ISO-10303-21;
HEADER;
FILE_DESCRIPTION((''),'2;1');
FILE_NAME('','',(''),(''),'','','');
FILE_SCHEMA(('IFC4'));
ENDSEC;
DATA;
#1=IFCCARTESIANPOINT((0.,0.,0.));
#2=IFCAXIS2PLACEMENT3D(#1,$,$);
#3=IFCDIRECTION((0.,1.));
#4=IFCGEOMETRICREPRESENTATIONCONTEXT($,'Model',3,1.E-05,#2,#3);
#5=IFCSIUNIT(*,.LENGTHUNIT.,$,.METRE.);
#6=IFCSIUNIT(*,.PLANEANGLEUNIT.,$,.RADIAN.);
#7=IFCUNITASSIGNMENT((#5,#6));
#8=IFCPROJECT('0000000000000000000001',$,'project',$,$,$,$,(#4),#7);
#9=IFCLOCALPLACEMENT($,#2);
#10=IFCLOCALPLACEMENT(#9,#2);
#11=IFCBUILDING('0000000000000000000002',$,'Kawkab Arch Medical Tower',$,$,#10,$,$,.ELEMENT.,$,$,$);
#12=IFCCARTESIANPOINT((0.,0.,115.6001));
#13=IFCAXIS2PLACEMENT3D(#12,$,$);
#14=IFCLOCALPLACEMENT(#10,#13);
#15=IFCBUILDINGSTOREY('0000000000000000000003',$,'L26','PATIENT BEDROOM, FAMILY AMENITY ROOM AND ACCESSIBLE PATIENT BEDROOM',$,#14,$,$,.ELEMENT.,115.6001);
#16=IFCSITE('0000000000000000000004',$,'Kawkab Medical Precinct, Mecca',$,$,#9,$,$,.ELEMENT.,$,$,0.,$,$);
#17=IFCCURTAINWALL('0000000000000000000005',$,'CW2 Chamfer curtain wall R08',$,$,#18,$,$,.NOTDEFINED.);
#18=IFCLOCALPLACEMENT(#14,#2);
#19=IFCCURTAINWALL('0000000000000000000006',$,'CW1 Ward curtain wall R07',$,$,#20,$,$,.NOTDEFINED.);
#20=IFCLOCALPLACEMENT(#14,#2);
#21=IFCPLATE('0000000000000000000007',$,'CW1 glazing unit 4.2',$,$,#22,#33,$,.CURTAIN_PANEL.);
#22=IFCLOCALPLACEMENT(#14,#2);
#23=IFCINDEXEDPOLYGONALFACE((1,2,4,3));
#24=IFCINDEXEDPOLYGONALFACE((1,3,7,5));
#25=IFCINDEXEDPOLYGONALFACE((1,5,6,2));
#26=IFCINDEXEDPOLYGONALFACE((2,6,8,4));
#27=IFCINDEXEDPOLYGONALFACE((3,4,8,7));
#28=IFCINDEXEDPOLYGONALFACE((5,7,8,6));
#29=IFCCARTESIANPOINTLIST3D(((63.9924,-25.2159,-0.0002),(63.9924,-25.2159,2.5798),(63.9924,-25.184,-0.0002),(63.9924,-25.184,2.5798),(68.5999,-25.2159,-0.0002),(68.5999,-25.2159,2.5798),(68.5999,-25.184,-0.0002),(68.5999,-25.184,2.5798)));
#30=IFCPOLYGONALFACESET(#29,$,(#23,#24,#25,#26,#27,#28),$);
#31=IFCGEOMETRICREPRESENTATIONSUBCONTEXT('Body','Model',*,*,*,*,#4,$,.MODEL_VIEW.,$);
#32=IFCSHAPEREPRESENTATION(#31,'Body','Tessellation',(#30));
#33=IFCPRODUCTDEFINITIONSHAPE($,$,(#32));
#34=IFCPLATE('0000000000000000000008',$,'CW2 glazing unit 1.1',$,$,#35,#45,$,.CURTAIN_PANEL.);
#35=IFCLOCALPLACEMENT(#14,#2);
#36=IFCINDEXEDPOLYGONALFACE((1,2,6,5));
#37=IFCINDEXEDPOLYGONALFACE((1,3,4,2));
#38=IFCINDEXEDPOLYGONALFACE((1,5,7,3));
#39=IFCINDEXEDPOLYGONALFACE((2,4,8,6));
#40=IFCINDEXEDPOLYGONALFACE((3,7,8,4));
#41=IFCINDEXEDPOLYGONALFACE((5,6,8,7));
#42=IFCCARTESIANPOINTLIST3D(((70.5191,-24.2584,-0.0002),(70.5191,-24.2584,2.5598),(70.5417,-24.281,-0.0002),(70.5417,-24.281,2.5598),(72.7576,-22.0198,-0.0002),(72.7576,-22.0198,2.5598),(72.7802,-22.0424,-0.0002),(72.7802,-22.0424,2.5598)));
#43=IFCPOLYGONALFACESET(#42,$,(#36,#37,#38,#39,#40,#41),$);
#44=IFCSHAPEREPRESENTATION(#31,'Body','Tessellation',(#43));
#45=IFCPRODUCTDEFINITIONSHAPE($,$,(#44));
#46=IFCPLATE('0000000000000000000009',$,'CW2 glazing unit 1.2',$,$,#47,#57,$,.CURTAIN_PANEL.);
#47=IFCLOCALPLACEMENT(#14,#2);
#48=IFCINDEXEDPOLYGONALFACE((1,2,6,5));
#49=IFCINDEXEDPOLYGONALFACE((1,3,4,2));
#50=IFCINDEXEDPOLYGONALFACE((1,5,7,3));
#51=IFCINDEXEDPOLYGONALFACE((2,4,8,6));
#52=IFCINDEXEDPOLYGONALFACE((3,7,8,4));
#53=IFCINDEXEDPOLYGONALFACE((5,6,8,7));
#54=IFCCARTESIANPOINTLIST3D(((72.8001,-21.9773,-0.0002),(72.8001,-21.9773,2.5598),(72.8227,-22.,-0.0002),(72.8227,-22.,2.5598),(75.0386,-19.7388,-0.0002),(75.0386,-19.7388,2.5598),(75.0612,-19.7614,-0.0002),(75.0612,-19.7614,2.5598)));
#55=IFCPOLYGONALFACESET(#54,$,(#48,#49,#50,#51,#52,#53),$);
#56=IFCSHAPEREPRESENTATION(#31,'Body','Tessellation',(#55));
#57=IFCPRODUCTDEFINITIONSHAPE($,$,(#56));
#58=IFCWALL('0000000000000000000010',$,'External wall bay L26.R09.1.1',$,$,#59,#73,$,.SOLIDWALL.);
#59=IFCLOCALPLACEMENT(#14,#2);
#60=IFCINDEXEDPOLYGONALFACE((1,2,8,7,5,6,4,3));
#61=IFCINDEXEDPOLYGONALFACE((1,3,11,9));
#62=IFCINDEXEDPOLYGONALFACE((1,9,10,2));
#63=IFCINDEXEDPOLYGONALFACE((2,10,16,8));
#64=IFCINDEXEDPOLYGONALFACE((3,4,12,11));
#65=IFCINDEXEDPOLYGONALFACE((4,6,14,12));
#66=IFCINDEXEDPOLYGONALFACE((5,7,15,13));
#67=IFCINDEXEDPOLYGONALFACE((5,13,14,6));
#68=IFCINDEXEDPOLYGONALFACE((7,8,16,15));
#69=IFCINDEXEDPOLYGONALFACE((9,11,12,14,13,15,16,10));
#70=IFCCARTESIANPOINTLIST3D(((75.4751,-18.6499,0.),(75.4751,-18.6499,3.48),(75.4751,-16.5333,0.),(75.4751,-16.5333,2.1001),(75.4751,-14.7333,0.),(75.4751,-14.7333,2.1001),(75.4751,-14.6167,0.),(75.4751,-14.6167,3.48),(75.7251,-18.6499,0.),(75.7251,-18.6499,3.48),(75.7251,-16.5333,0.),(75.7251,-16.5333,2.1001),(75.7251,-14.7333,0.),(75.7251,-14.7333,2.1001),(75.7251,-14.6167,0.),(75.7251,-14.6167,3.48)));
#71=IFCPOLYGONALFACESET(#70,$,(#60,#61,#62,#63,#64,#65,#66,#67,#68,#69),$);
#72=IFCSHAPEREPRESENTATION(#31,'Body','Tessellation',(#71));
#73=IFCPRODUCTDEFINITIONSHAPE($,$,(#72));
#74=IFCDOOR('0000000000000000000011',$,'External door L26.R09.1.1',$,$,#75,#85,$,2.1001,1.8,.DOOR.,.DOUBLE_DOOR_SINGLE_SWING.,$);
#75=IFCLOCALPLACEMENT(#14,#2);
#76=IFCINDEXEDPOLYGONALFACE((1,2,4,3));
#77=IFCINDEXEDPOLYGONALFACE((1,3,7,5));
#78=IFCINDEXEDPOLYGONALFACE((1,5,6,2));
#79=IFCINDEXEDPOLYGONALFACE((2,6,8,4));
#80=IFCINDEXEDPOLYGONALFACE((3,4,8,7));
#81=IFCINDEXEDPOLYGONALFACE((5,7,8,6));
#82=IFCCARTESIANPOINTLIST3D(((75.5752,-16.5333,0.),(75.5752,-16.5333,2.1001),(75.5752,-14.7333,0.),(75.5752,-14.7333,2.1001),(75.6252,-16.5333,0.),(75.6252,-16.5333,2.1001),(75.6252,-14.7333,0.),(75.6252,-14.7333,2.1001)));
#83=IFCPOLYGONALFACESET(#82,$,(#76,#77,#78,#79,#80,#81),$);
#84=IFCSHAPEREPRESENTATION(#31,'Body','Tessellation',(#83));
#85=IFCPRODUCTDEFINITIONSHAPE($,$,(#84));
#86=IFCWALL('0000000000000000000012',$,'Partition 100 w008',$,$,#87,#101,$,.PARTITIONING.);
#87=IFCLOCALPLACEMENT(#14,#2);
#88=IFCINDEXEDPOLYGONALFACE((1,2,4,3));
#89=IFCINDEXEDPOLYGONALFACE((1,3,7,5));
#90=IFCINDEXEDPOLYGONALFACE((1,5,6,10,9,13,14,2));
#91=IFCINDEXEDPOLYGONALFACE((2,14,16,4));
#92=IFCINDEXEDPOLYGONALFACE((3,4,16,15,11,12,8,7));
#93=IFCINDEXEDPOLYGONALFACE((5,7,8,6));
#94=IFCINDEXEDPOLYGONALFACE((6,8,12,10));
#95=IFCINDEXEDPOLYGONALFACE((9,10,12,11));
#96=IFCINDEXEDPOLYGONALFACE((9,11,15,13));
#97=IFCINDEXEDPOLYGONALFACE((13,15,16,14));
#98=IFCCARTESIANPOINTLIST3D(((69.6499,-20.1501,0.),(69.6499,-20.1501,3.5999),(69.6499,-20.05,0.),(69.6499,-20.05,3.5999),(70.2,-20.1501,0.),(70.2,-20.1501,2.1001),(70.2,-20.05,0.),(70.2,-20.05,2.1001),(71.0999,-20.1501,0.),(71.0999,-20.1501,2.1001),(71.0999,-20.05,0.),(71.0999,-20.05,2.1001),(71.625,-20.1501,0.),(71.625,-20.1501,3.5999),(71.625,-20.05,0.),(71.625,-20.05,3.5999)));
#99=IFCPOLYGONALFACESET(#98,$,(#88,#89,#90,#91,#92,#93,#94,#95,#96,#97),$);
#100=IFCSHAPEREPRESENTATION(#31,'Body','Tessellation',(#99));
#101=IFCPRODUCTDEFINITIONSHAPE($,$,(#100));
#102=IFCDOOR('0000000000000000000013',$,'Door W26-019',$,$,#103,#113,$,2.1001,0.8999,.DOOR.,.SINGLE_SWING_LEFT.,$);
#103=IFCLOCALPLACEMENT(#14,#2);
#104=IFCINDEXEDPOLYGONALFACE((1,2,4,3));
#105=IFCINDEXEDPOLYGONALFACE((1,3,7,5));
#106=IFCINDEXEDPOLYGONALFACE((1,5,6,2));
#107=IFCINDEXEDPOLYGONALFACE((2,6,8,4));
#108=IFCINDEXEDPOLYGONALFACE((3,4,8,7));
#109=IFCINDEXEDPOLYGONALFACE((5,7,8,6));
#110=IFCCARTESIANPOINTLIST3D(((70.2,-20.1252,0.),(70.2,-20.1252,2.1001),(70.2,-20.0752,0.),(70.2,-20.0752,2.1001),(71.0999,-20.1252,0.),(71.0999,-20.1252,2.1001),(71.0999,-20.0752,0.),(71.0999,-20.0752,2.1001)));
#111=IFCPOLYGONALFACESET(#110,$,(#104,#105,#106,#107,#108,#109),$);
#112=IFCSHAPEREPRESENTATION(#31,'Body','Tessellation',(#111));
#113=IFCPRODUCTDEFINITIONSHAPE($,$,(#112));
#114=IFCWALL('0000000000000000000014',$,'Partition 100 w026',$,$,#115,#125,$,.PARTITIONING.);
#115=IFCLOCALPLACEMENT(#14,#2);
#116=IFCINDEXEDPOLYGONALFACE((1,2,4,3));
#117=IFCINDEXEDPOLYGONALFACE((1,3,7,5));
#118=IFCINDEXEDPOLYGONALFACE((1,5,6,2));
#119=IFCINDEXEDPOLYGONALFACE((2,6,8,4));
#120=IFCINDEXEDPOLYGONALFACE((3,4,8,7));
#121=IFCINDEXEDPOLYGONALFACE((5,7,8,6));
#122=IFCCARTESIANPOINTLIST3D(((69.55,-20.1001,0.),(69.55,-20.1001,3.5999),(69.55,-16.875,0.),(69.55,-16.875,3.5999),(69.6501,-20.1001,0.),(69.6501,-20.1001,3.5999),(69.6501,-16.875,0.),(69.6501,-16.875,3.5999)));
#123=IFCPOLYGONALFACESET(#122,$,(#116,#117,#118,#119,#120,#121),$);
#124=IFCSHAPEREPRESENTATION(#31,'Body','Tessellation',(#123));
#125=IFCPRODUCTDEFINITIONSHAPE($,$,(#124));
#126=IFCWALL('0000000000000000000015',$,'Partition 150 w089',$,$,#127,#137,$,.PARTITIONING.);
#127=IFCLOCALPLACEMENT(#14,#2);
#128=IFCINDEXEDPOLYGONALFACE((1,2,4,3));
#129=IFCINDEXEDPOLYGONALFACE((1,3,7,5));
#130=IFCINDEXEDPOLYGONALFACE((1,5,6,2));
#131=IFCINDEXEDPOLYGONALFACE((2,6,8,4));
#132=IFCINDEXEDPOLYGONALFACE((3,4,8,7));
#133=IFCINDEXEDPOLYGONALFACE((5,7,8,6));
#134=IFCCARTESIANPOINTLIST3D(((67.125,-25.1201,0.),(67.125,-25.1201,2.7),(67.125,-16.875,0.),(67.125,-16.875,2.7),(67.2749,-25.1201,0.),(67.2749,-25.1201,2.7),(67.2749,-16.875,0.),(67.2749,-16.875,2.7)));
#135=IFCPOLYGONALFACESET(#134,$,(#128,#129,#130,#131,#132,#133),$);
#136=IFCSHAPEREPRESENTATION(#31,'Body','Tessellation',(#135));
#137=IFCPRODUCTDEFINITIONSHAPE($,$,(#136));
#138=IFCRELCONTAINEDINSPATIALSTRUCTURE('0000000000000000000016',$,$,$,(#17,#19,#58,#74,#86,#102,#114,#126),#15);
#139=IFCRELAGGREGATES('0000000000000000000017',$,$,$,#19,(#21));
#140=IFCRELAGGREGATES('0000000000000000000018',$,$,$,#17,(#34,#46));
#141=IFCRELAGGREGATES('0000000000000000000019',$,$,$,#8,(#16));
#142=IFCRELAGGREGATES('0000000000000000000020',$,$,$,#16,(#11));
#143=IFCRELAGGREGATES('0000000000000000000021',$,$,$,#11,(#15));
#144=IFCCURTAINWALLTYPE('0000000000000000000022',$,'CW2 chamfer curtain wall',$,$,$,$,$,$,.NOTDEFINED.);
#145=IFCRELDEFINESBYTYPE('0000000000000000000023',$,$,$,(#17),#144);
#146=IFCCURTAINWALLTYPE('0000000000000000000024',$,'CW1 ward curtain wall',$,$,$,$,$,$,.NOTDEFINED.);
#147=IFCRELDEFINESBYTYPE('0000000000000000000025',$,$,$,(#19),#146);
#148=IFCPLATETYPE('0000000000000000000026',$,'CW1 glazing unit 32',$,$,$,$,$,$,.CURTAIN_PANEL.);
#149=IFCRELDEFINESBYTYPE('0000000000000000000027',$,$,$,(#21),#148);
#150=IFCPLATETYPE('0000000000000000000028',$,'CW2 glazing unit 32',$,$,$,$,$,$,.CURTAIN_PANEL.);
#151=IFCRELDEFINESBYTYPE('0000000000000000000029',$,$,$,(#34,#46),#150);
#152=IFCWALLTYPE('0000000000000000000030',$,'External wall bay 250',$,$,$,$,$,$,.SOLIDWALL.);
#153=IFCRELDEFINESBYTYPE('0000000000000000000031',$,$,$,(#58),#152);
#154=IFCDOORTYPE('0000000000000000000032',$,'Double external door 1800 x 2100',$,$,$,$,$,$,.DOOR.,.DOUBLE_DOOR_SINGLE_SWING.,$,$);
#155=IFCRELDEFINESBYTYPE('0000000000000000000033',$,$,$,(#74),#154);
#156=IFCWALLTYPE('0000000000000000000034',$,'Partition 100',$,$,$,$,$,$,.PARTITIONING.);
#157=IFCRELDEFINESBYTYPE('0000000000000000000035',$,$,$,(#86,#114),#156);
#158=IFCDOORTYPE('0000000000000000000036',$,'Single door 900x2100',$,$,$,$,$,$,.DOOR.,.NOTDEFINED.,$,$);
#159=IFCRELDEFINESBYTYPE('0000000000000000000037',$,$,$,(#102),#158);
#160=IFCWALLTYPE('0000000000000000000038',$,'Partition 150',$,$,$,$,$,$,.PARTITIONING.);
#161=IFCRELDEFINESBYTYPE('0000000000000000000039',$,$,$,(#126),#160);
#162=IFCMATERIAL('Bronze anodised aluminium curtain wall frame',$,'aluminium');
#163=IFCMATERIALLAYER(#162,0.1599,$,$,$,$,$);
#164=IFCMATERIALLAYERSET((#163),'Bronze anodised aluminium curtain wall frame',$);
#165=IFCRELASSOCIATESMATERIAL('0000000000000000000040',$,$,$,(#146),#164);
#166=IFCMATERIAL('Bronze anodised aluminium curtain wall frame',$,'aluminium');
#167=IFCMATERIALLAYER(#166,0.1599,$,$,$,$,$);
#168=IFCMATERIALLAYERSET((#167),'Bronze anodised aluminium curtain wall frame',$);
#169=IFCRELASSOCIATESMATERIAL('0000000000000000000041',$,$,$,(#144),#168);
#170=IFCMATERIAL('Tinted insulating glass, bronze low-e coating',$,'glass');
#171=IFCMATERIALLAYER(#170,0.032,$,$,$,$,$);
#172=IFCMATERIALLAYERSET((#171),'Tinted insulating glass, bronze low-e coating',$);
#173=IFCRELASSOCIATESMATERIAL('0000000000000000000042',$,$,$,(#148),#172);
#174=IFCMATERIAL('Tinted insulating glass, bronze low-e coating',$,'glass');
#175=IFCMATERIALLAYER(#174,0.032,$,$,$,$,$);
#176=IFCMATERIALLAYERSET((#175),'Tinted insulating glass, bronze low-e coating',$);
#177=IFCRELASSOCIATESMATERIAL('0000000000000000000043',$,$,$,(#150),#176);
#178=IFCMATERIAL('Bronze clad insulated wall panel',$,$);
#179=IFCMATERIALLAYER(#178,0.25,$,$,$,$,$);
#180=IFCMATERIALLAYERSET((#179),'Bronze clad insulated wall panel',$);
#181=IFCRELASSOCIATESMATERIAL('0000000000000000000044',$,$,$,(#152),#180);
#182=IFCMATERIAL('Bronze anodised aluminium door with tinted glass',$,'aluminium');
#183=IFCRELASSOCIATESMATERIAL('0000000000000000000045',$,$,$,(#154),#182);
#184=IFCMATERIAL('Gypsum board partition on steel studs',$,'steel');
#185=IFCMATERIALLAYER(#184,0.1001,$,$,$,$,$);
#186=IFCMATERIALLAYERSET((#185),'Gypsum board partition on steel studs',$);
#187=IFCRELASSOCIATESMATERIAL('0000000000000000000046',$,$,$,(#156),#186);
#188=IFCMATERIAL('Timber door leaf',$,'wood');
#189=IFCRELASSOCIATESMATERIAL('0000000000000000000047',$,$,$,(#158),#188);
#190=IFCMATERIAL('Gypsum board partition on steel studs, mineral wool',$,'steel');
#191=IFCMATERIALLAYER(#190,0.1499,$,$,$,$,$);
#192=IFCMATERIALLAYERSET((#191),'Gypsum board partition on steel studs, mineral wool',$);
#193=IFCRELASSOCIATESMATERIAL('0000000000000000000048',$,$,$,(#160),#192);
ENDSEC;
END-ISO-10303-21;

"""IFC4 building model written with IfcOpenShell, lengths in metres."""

from ifc_helpers import new_model, si_unit, direction, frame, frame_2d, origin, origin_2d, place, context, subcontext, project, spatial, rectangle, extrude, material, layer, layer_set, type_object, element, fill, aggregate, save


model = new_model("IFC4")

# Units and contexts
model_context = context("Model", 3, precision=1e-05, world=origin(), true_north=direction((0.0, 1.0)))
body_context = subcontext(model_context, "Body", "Model", "MODEL_VIEW")
ifc_project = project(units=[si_unit("LENGTHUNIT", "METRE"), si_unit("PLANEANGLEUNIT", "RADIAN")], contexts=[model_context])

# Site, building, storey
site_placement = place(None, origin())
site = spatial("IfcSite", under=ifc_project, at=site_placement, Name="Kawkab Medical Precinct, Mecca", CompositionType="ELEMENT", RefElevation=0.0)
building_placement = place(site_placement, origin())
building = spatial("IfcBuilding", under=site, at=building_placement, Name="Kawkab Arch Medical Tower", CompositionType="ELEMENT")
storey_placement = place(building_placement, frame((0.0, 0.0, 115.6001)))
storey = spatial("IfcBuildingStorey", under=building, at=storey_placement, Name="L26", Description="PATIENT BEDROOM, FAMILY AMENITY ROOM AND ACCESSIBLE PATIENT BEDROOM", CompositionType="ELEMENT", Elevation=115.6001)

# Shared definitions
ifc_material_1 = material(Name="Bronze anodised aluminium curtain wall frame", Category="aluminium")
ifc_layer_1 = layer(ifc_material_1, 0.1599)
ifc_layer_set_1 = layer_set([ifc_layer_1], Name="Bronze anodised aluminium curtain wall frame")
curtain_wall_type_1 = type_object("IfcCurtainWallType", Name="CW1 ward curtain wall", PredefinedType="NOTDEFINED", material=ifc_layer_set_1)
placement = place(storey_placement, origin())

# Curtain wall
ifc_material_2 = material(Name="Bronze anodised aluminium curtain wall frame", Category="aluminium")
ifc_layer_2 = layer(ifc_material_2, 0.1599)
ifc_layer_set_2 = layer_set([ifc_layer_2], Name="Bronze anodised aluminium curtain wall frame")
curtain_wall_type_2 = type_object("IfcCurtainWallType", Name="CW2 chamfer curtain wall", PredefinedType="NOTDEFINED", material=ifc_layer_set_2)
curtain_wall_1 = element("IfcCurtainWall", 1, at=placement, inside=storey, type_object=curtain_wall_type_2, Name="CW2 Chamfer curtain wall R08", PredefinedType="NOTDEFINED")

# Curtain wall, plate
curtain_wall_2 = element("IfcCurtainWall", 2, at=placement, inside=storey, type_object=curtain_wall_type_1, Name="CW1 Ward curtain wall R07", PredefinedType="NOTDEFINED")
ifc_material_3 = material(Name="Tinted insulating glass, bronze low-e coating", Category="glass")
ifc_layer_3 = layer(ifc_material_3, 0.032)
ifc_layer_set_3 = layer_set([ifc_layer_3], Name="Tinted insulating glass, bronze low-e coating")
plate_type_1 = type_object("IfcPlateType", Name="CW1 glazing unit 32", PredefinedType="CURTAIN_PANEL", material=ifc_layer_set_3)
plate_1_placement = place(storey_placement, frame((66.2961, -25.2, -0.0002), z_axis=(0.0, 0.0, 1.0), x_axis=(1.0, 0.0, 0.0)))
plate_1 = element("IfcPlate", 3, at=plate_1_placement, type_object=plate_type_1, Name="CW1 glazing unit 4.2", PredefinedType="CURTAIN_PANEL", context=body_context, shape_type="SweptSolid", body=[
    extrude(rectangle(XDim=4.6074, YDim=0.032, at=origin_2d()), origin(), (0.0, 0.0, 1.0), 2.5801),
])
aggregate(curtain_wall_2, [plate_1])

# Plates
ifc_material_4 = material(Name="Tinted insulating glass, bronze low-e coating", Category="glass")
ifc_layer_4 = layer(ifc_material_4, 0.032)
ifc_layer_set_4 = layer_set([ifc_layer_4], Name="Tinted insulating glass, bronze low-e coating")
plate_type_2 = type_object("IfcPlateType", Name="CW2 glazing unit 32", PredefinedType="CURTAIN_PANEL", material=ifc_layer_set_4)
plate_2_placement = place(storey_placement, frame((71.6497, -23.1504, -0.0002), z_axis=(0.0, 0.0, 1.0), x_axis=(0.707107, 0.707107, 0.0)))
plate_2 = element("IfcPlate", 4, at=plate_2_placement, type_object=plate_type_2, Name="CW2 glazing unit 1.1", PredefinedType="CURTAIN_PANEL", context=body_context, shape_type="SweptSolid", body=[
    extrude(rectangle(XDim=3.1658, YDim=0.032, at=origin_2d()), origin(), (0.0, 0.0, 1.0), 2.5601),
])
plate_3_placement = place(storey_placement, frame((73.9307, -20.8694, -0.0002), z_axis=(0.0, 0.0, 1.0), x_axis=(0.707107, 0.707107, 0.0)))
plate_3 = element("IfcPlate", 5, at=plate_3_placement, type_object=plate_type_2, Name="CW2 glazing unit 1.2", PredefinedType="CURTAIN_PANEL", context=body_context, shape_type="SweptSolid", body=[
    extrude(rectangle(XDim=3.1658, YDim=0.032, at=origin_2d()), origin(), (0.0, 0.0, 1.0), 2.5601),
])
aggregate(curtain_wall_1, [plate_2, plate_3])

# Walls, openings, doors
ifc_material_5 = material(Name="Bronze clad insulated wall panel")
ifc_layer_5 = layer(ifc_material_5, 0.25)
ifc_layer_set_5 = layer_set([ifc_layer_5], Name="Bronze clad insulated wall panel")
wall_type_1 = type_object("IfcWallType", Name="External wall bay 250", PredefinedType="SOLIDWALL", material=ifc_layer_set_5)
wall_1_placement = place(storey_placement, frame((75.6001, -18.6499, 0.0), z_axis=(0.0, 0.0, 1.0), x_axis=(0.0, 1.0, 0.0)))
wall_1 = element("IfcWall", 6, at=wall_1_placement, inside=storey, type_object=wall_type_1, Name="External wall bay L26.R09.1.1", PredefinedType="SOLIDWALL", context=body_context, shape_type="SweptSolid", body=[
    extrude(rectangle(XDim=4.0332, YDim=0.25, at=frame_2d((2.0166, 0.0))), origin(), (0.0, 0.0, 1.0), 3.48),
])
opening_1_placement = place(wall_1_placement, frame((2.1167, 0.0, 0.0)))
opening_1 = element("IfcOpeningElement", 7, at=opening_1_placement, cuts=wall_1, PredefinedType="OPENING", context=body_context, shape_type="SweptSolid", body=[
    extrude(rectangle(XDim=1.8, YDim=2.1001, at=frame_2d((0.8999, 1.05))), frame((0.0, 0.135, 0.0), z_axis=(0.0, -1.0, 0.0), x_axis=(1.0, 0.0, 0.0)), (0.0, 0.0, 1.0), 0.27),
])
ifc_material_6 = material(Name="Bronze anodised aluminium door with tinted glass", Category="aluminium")
door_type_1 = type_object("IfcDoorType", Name="Double external door 1800 x 2100", OperationType="DOUBLE_DOOR_SINGLE_SWING", PredefinedType="DOOR", material=ifc_material_6)
door_1_placement = place(opening_1_placement, origin())
door_1 = element("IfcDoor", 8, at=door_1_placement, inside=storey, type_object=door_type_1, Name="External door L26.R09.1.1", OperationType="DOUBLE_DOOR_SINGLE_SWING", OverallHeight=2.1001, OverallWidth=1.8, PredefinedType="DOOR", context=body_context, shape_type="SweptSolid", body=[
    extrude(rectangle(XDim=1.8, YDim=2.1001, at=frame_2d((0.8999, 1.05))), frame((0.0, 0.0249, 0.0), z_axis=(0.0, -1.0, 0.0), x_axis=(1.0, 0.0, 0.0)), (0.0, 0.0, 1.0), 0.05),
])
fill(opening_1, door_1)
ifc_material_7 = material(Name="Gypsum board partition on steel studs", Category="steel")
ifc_layer_6 = layer(ifc_material_7, 0.1001)
ifc_layer_set_6 = layer_set([ifc_layer_6], Name="Gypsum board partition on steel studs")
wall_type_2 = type_object("IfcWallType", Name="Partition 100", PredefinedType="PARTITIONING", material=ifc_layer_set_6)
wall_2_placement = place(storey_placement, frame((69.6499, -20.1001, 0.0), z_axis=(0.0, 0.0, 1.0), x_axis=(1.0, 0.0, 0.0)))
wall_2 = element("IfcWall", 9, at=wall_2_placement, inside=storey, type_object=wall_type_2, Name="Partition 100 w008", PredefinedType="PARTITIONING", context=body_context, shape_type="SweptSolid", body=[
    extrude(rectangle(XDim=1.9751, YDim=0.1001, at=frame_2d((0.9875, 0.0))), origin(), (0.0, 0.0, 1.0), 3.5999),
])
opening_2_placement = place(wall_2_placement, frame((0.55, 0.0, 0.0)))
opening_2 = element("IfcOpeningElement", 10, at=opening_2_placement, cuts=wall_2, PredefinedType="OPENING", context=body_context, shape_type="SweptSolid", body=[
    extrude(rectangle(XDim=0.8999, YDim=2.1001, at=frame_2d((0.45, 1.05))), frame((0.0, 0.0601, 0.0), z_axis=(0.0, -1.0, 0.0), x_axis=(1.0, 0.0, 0.0)), (0.0, 0.0, 1.0), 0.1201),
])
ifc_material_8 = material(Name="Timber door leaf", Category="wood")
door_type_2 = type_object("IfcDoorType", Name="Single door 900x2100", OperationType="NOTDEFINED", PredefinedType="DOOR", material=ifc_material_8)
door_2_placement = place(opening_2_placement, origin())
door_2 = element("IfcDoor", 11, at=door_2_placement, inside=storey, type_object=door_type_2, Name="Door W26-019", OperationType="SINGLE_SWING_LEFT", OverallHeight=2.1001, OverallWidth=0.8999, PredefinedType="DOOR", context=body_context, shape_type="SweptSolid", body=[
    extrude(rectangle(XDim=0.8999, YDim=2.1001, at=frame_2d((0.45, 1.05))), frame((0.0, 0.0249, 0.0), z_axis=(0.0, -1.0, 0.0), x_axis=(1.0, 0.0, 0.0)), (0.0, 0.0, 1.0), 0.05),
])
fill(opening_2, door_2)

# Walls
wall_3_placement = place(storey_placement, frame((69.6001, -20.1001, 0.0), z_axis=(0.0, 0.0, 1.0), x_axis=(0.0, 1.0, 0.0)))
element("IfcWall", 12, at=wall_3_placement, inside=storey, type_object=wall_type_2, Name="Partition 100 w026", PredefinedType="PARTITIONING", context=body_context, shape_type="SweptSolid", body=[
    extrude(rectangle(XDim=3.2251, YDim=0.1001, at=frame_2d((1.6125, 0.0))), origin(), (0.0, 0.0, 1.0), 3.5999),
])
ifc_material_9 = material(Name="Gypsum board partition on steel studs, mineral wool", Category="steel")
ifc_layer_7 = layer(ifc_material_9, 0.1499)
ifc_layer_set_7 = layer_set([ifc_layer_7], Name="Gypsum board partition on steel studs, mineral wool")
wall_type_3 = type_object("IfcWallType", Name="Partition 150", PredefinedType="PARTITIONING", material=ifc_layer_set_7)
wall_4_placement = place(storey_placement, frame((67.2, -25.1201, 0.0), z_axis=(0.0, 0.0, 1.0), x_axis=(0.0, 1.0, 0.0)))
element("IfcWall", 13, at=wall_4_placement, inside=storey, type_object=wall_type_3, Name="Partition 150 w089", PredefinedType="PARTITIONING", context=body_context, shape_type="SweptSolid", body=[
    extrude(rectangle(XDim=8.2451, YDim=0.1499, at=frame_2d((4.1226, 0.0))), origin(), (0.0, 0.0, 1.0), 2.7),
])

save(model, "model.ifc")
